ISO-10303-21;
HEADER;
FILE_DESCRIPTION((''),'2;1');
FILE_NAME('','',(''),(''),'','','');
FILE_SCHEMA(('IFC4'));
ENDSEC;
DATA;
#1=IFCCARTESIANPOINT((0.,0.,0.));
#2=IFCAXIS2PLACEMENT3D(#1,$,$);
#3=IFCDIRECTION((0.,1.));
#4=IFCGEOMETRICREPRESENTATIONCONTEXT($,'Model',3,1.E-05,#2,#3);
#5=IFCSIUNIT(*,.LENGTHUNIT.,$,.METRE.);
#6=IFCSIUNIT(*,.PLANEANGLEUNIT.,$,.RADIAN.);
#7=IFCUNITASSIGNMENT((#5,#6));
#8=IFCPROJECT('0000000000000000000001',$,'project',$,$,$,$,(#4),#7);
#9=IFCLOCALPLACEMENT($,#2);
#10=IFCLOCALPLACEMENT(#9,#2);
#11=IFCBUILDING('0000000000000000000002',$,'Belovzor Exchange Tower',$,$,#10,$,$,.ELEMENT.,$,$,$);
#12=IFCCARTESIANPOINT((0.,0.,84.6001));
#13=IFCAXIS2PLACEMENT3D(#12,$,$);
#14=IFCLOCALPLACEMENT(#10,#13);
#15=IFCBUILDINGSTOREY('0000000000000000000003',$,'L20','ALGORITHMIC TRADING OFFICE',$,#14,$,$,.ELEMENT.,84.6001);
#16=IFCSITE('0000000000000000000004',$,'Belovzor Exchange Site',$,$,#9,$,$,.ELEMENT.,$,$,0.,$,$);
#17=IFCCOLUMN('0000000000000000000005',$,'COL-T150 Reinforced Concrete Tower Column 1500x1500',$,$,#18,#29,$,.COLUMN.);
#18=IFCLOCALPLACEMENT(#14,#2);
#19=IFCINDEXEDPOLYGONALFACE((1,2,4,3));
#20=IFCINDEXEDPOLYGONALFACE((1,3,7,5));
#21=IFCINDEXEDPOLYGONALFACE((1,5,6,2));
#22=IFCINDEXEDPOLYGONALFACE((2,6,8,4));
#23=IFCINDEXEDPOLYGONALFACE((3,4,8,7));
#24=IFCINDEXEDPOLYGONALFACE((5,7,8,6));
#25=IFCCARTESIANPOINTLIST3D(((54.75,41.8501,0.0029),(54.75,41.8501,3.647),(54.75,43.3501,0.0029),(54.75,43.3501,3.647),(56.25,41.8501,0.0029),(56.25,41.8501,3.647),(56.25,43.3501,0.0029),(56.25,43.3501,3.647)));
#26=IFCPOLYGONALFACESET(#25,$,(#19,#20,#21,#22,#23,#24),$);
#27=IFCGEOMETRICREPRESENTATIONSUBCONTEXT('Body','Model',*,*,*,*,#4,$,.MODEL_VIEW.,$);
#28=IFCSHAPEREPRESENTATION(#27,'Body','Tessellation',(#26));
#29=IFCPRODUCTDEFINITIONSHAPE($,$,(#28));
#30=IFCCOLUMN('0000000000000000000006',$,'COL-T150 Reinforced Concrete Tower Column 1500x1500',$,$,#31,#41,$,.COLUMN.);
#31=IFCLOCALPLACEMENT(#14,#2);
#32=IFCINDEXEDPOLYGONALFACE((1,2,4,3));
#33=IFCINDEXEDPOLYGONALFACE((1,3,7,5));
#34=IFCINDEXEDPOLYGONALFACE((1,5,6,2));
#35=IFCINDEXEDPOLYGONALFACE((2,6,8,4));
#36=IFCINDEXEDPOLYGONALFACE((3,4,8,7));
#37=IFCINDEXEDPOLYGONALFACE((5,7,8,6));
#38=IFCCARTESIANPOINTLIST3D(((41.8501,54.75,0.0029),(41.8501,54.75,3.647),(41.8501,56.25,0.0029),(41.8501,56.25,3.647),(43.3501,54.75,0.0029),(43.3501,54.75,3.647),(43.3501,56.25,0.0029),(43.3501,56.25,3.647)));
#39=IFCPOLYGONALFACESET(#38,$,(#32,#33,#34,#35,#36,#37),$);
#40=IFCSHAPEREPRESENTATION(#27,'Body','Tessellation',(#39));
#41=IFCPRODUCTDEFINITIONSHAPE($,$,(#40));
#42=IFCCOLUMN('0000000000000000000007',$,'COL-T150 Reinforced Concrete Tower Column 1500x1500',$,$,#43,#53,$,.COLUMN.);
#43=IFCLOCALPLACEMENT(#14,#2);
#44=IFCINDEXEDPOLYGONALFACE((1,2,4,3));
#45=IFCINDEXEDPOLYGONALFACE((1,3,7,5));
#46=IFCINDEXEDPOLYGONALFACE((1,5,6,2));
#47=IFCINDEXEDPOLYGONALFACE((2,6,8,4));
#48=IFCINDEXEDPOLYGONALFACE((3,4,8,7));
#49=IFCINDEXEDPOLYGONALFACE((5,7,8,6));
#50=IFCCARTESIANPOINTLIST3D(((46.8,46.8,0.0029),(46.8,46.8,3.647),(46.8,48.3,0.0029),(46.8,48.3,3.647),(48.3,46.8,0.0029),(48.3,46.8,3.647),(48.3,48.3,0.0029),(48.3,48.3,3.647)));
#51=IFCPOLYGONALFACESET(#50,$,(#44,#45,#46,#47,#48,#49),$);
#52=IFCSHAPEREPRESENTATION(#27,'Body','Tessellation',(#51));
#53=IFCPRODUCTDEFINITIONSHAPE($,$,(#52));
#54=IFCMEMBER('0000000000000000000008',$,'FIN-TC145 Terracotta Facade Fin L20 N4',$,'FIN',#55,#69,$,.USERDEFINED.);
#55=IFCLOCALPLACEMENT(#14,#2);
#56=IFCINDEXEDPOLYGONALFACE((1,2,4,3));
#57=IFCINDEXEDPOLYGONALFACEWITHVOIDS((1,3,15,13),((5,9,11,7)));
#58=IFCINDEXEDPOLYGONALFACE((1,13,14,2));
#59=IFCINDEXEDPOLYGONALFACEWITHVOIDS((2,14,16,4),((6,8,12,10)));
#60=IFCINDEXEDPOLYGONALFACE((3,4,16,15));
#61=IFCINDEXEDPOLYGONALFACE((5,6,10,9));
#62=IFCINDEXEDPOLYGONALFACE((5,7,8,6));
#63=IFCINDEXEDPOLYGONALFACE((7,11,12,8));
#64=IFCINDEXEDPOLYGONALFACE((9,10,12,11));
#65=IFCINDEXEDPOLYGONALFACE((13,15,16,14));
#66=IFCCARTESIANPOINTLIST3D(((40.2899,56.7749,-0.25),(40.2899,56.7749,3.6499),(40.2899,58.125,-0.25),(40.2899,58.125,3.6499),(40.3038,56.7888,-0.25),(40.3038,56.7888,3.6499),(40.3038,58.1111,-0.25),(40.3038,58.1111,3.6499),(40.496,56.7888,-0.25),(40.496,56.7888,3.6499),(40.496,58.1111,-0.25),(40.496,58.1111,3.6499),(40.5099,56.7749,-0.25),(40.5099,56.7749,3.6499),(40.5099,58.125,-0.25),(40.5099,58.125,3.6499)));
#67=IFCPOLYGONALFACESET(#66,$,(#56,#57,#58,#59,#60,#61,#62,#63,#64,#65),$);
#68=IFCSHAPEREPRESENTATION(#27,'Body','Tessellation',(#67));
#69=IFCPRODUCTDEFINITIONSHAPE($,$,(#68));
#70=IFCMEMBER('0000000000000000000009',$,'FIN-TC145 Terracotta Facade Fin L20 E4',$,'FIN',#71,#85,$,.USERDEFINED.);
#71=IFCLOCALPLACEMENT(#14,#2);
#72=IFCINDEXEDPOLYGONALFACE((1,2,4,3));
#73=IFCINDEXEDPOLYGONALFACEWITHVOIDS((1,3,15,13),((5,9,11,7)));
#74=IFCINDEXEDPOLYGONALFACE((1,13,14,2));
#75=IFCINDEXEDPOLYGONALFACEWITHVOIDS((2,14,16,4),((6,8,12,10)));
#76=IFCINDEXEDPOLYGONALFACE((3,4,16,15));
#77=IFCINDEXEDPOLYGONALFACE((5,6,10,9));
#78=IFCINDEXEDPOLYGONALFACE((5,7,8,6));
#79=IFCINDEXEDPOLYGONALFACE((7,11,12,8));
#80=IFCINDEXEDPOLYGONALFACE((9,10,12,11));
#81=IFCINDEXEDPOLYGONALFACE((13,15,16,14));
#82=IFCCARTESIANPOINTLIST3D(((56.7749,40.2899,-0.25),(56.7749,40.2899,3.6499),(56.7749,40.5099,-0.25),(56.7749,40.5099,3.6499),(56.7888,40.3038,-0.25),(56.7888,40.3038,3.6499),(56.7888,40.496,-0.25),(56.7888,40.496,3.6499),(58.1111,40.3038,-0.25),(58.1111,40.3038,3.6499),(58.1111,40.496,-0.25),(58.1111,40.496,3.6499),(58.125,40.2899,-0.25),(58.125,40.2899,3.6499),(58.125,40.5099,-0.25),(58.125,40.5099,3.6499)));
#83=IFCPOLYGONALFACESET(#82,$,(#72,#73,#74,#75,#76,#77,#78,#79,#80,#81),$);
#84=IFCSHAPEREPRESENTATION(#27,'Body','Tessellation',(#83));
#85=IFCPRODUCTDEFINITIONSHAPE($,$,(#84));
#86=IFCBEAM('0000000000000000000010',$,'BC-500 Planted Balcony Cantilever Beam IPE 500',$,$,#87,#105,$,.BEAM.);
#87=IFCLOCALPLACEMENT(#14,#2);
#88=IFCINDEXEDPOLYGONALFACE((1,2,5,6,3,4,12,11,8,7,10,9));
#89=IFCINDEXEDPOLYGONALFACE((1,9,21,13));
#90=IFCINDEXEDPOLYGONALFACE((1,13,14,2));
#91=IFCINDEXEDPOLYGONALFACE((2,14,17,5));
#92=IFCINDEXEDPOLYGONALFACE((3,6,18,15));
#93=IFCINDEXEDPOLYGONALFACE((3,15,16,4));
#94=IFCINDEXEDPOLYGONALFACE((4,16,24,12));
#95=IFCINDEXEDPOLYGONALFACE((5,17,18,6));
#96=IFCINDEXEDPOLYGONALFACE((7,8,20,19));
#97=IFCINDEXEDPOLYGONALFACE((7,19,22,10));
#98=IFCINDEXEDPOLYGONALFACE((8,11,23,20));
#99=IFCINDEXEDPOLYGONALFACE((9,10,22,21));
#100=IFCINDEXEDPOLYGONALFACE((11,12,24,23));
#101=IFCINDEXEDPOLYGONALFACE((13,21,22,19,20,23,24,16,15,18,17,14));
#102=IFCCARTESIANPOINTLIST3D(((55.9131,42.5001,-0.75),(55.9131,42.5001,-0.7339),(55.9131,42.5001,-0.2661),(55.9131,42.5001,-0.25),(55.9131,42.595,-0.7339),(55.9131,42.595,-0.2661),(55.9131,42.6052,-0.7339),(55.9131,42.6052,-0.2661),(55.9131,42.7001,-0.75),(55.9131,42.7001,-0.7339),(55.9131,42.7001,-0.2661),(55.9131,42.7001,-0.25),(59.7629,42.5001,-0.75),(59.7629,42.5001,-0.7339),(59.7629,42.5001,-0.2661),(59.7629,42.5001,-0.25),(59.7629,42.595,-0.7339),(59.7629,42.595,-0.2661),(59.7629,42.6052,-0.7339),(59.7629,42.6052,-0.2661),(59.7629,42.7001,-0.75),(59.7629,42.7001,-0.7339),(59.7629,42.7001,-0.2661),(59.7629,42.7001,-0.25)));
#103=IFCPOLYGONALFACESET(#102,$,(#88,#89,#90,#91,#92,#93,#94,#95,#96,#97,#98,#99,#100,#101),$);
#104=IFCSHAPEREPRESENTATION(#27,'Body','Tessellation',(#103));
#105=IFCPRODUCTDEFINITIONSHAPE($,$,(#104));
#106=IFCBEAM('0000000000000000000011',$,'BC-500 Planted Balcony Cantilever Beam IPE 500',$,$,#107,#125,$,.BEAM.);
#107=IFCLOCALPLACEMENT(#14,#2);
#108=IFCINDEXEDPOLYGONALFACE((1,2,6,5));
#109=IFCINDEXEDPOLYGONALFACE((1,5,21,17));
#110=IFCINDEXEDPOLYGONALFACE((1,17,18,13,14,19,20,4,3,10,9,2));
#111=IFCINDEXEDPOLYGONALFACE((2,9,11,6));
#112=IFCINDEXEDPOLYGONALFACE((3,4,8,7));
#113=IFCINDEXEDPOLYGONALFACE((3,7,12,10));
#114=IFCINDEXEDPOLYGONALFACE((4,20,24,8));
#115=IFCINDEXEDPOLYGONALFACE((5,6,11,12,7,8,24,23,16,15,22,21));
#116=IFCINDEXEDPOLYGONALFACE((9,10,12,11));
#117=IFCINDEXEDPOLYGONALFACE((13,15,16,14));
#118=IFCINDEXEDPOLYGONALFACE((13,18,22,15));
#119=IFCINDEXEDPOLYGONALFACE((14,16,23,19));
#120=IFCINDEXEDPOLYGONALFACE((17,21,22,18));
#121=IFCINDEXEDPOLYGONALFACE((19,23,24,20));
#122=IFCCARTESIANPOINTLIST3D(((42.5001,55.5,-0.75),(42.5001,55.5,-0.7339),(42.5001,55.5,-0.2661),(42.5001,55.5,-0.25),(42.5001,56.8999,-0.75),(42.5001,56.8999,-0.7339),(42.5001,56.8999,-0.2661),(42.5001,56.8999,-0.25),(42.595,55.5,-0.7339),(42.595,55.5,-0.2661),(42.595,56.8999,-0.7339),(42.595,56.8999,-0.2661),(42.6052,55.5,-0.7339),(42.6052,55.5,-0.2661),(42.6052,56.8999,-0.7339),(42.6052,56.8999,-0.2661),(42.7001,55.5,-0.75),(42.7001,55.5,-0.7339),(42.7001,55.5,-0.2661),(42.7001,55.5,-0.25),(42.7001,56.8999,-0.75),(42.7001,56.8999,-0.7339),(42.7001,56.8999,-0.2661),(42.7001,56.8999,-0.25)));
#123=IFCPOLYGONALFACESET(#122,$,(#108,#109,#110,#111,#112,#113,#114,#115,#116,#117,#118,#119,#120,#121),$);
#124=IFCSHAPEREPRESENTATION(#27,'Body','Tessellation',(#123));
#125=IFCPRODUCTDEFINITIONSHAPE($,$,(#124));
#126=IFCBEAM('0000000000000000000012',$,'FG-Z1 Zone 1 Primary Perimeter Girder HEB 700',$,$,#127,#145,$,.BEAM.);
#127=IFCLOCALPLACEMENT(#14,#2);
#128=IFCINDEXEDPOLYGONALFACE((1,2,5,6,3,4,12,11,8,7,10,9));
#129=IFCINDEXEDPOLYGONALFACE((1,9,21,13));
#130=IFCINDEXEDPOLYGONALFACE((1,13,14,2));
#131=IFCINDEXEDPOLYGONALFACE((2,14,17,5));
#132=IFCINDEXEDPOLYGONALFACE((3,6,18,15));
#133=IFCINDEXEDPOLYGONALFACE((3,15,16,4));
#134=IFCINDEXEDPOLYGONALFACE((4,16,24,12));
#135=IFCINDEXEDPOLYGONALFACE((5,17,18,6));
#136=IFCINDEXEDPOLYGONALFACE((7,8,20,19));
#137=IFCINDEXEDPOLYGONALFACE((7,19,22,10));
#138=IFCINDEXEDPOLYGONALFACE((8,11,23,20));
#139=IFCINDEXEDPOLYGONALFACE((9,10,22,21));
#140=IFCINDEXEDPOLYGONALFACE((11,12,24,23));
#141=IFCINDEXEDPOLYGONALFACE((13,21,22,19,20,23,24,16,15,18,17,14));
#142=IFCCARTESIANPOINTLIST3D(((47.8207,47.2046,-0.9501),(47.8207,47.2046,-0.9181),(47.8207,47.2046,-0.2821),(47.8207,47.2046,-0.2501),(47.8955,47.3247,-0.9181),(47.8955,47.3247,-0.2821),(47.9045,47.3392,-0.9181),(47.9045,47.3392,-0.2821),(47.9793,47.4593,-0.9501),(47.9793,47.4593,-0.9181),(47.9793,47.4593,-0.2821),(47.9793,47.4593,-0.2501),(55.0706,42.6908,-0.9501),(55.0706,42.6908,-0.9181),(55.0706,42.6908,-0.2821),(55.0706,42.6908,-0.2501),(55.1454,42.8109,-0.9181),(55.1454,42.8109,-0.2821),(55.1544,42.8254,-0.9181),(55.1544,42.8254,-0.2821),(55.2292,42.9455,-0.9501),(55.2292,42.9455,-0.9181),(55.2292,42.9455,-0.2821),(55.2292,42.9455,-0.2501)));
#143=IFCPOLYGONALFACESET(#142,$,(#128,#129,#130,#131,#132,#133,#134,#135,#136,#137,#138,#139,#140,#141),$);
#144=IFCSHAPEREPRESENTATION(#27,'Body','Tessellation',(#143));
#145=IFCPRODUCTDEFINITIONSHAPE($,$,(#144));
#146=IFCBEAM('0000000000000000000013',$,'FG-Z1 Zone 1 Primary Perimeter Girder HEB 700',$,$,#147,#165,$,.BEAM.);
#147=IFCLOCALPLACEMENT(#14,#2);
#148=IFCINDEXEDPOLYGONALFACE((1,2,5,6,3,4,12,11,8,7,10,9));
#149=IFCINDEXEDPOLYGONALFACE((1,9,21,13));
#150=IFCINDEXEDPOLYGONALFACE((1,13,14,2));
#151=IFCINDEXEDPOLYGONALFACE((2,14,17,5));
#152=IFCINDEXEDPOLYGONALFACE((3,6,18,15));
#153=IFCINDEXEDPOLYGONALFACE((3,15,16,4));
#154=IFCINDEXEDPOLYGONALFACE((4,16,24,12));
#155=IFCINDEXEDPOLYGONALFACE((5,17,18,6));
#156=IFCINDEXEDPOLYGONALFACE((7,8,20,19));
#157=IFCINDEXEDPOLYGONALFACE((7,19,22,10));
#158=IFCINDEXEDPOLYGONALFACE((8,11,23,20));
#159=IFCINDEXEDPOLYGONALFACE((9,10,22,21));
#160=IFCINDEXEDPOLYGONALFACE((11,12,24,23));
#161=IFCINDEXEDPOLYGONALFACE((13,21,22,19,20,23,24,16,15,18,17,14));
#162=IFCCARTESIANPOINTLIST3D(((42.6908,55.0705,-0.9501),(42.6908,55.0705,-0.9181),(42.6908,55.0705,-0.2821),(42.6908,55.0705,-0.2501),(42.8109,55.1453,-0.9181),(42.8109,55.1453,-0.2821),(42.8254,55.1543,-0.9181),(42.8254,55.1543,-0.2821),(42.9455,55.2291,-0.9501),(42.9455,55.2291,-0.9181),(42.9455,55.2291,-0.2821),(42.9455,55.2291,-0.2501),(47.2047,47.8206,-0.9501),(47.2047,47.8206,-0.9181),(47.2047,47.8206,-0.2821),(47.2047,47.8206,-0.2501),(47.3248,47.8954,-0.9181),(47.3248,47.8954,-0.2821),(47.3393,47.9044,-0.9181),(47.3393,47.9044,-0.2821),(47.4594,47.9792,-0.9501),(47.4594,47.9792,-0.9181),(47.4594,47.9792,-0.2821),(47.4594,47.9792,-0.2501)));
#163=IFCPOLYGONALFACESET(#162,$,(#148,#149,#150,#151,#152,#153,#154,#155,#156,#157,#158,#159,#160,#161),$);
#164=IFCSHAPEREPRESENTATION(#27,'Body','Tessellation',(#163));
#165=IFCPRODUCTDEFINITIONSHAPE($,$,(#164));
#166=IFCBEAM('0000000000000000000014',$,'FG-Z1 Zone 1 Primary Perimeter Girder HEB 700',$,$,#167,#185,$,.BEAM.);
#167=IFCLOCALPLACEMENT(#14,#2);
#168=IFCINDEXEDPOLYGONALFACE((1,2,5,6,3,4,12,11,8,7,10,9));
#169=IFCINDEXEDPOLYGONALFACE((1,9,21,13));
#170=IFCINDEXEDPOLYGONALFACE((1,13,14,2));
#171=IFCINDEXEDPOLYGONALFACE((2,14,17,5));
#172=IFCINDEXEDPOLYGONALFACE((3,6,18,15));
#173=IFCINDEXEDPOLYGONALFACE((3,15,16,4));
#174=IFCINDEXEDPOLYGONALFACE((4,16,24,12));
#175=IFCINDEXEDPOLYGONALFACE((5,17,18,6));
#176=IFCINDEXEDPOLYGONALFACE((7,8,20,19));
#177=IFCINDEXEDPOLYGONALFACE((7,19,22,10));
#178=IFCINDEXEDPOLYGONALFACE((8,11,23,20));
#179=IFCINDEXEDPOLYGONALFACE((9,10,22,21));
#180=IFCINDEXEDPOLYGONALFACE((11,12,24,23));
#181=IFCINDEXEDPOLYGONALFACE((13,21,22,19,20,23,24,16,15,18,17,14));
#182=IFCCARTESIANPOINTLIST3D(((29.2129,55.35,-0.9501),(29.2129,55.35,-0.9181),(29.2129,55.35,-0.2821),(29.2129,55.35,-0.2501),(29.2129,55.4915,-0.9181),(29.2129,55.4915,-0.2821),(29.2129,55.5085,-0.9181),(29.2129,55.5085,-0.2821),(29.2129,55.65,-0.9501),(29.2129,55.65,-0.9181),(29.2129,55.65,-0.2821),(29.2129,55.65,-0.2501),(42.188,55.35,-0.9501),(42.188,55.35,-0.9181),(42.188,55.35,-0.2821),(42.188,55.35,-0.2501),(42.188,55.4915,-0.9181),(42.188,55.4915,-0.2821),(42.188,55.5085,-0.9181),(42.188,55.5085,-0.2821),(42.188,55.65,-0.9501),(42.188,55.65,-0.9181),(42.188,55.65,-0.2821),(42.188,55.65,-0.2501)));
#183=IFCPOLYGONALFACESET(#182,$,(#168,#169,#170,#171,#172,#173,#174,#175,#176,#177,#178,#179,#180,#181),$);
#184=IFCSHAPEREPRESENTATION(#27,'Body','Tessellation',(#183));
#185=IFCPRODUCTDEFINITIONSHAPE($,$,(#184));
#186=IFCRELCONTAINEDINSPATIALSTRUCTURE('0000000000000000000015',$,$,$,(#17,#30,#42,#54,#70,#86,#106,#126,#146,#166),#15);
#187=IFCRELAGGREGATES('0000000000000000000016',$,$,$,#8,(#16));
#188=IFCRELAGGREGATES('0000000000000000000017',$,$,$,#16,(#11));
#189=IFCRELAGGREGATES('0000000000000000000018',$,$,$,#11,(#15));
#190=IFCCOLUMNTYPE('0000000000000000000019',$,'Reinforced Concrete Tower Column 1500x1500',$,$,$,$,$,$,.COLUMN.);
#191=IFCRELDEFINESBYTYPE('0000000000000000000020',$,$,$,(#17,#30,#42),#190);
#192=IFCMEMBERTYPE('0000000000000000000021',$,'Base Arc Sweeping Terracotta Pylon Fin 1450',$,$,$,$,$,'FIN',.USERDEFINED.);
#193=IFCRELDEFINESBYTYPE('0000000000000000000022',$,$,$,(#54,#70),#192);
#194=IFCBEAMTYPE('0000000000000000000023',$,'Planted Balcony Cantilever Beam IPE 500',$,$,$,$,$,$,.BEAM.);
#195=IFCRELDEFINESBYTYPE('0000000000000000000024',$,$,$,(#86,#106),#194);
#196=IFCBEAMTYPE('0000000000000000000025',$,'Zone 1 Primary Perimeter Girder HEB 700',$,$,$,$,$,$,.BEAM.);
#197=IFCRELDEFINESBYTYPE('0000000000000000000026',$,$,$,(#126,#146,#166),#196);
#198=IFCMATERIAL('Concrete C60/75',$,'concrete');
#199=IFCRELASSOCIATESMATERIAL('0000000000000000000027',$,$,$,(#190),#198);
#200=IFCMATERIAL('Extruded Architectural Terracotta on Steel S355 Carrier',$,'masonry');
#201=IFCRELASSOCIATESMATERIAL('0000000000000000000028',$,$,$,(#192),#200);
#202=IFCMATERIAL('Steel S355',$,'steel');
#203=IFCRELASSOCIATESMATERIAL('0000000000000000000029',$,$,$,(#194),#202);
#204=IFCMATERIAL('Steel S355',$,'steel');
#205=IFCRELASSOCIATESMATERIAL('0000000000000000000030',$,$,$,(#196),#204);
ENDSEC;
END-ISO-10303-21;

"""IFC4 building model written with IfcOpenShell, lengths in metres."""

from ifc_helpers import new_model, si_unit, direction, frame, origin, origin_2d, place, context, subcontext, project, spatial, rectangle, hollow_rectangle, i_section, extrude, material, material_profile, profile_set, type_object, element, save


model = new_model("IFC4")

# Units and contexts
model_context = context("Model", 3, precision=1e-05, world=origin(), true_north=direction((0.0, 1.0)))
body_context = subcontext(model_context, "Body", "Model", "MODEL_VIEW")
ifc_project = project(units=[si_unit("LENGTHUNIT", "METRE"), si_unit("PLANEANGLEUNIT", "RADIAN")], contexts=[model_context])

# Site, building, storey
site_placement = place(None, origin())
site = spatial("IfcSite", under=ifc_project, at=site_placement, Name="Belovzor Exchange Site", CompositionType="ELEMENT", RefElevation=0.0)
building_placement = place(site_placement, origin())
building = spatial("IfcBuilding", under=site, at=building_placement, Name="Belovzor Exchange Tower", CompositionType="ELEMENT")
storey_placement = place(building_placement, frame((0.0, 0.0, 84.6001)))
storey = spatial("IfcBuildingStorey", under=building, at=storey_placement, Name="L20", Description="ALGORITHMIC TRADING OFFICE", CompositionType="ELEMENT", Elevation=84.6001)

# Columns
ifc_material_1 = material(Name="Concrete C60/75", Category="concrete")
ifc_material_profile_1 = material_profile(ifc_material_1, rectangle(XDim=1.5, YDim=1.5, at=origin_2d()))
ifc_profile_set_1 = profile_set([ifc_material_profile_1], Name="Concrete C60/75")
column_type = type_object("IfcColumnType", Name="Reinforced Concrete Tower Column 1500x1500", PredefinedType="COLUMN", material=ifc_profile_set_1)
for number, where, z_axis, x_axis, name in (
    (1, (55.5, 42.6001, 0.0029), (0.0, 0.0, 1.0), (1.0, 0.0, 0.0), "COL-T150 Reinforced Concrete Tower Column 1500x1500"),
    (2, (42.6001, 55.5, 0.0029), (0.0, 0.0, 1.0), (1.0, 0.0, 0.0), "COL-T150 Reinforced Concrete Tower Column 1500x1500"),
    (3, (47.55, 47.55, 0.0029), (0.0, 0.0, 1.0), (1.0, 0.0, 0.0), "COL-T150 Reinforced Concrete Tower Column 1500x1500"),
):
    element("IfcColumn", number, at=place(storey_placement, frame(where, z_axis=z_axis, x_axis=x_axis)), inside=storey, type_object=column_type, Name=name, PredefinedType="COLUMN", context=body_context, shape_type="SweptSolid", body=[
        extrude(rectangle(XDim=1.5, YDim=1.5, at=origin_2d()), origin(), (0.0, 0.0, 1.0), 3.644),
    ])

# Members
ifc_material_2 = material(Name="Extruded Architectural Terracotta on Steel S355 Carrier", Category="masonry")
ifc_material_profile_2 = material_profile(ifc_material_2, hollow_rectangle(XDim=0.22, YDim=1.3501, WallThickness=0.0139, at=origin_2d()))
ifc_profile_set_2 = profile_set([ifc_material_profile_2], Name="Extruded Architectural Terracotta on Steel S355 Carrier")
member_type = type_object("IfcMemberType", Name="Base Arc Sweeping Terracotta Pylon Fin 1450", ElementType="FIN", PredefinedType="USERDEFINED", material=ifc_profile_set_2)
for number, where, z_axis, x_axis, name in (
    (4, (40.3999, 57.45, -0.25), (0.0, 0.0, 1.0), (1.0, 0.0, 0.0), "FIN-TC145 Terracotta Facade Fin L20 N4"),
    (5, (57.45, 40.3999, -0.25), (0.0, 0.0, 1.0), (0.0, 1.0, 0.0), "FIN-TC145 Terracotta Facade Fin L20 E4"),
):
    element("IfcMember", number, at=place(storey_placement, frame(where, z_axis=z_axis, x_axis=x_axis)), inside=storey, type_object=member_type, Name=name, ObjectType="FIN", PredefinedType="USERDEFINED", context=body_context, shape_type="SweptSolid", body=[
        extrude(hollow_rectangle(XDim=0.22, YDim=1.3501, WallThickness=0.0139, at=origin_2d()), origin(), (0.0, 0.0, 1.0), 3.8999),
    ])

# Beams
ifc_material_3 = material(Name="Steel S355", Category="steel")
ifc_material_profile_3 = material_profile(ifc_material_3, i_section(OverallWidth=0.2, OverallDepth=0.5, WebThickness=0.0103, FlangeThickness=0.0161, at=origin_2d()))
ifc_profile_set_3 = profile_set([ifc_material_profile_3], Name="Steel S355")
beam_type_1 = type_object("IfcBeamType", Name="Planted Balcony Cantilever Beam IPE 500", PredefinedType="BEAM", material=ifc_profile_set_3)
beam_1_placement = place(storey_placement, frame((55.9131, 42.6001, -0.5), z_axis=(1.0, 0.0, 0.0), x_axis=(0.0, 1.0, 0.0)))
element("IfcBeam", 6, at=beam_1_placement, inside=storey, type_object=beam_type_1, Name="BC-500 Planted Balcony Cantilever Beam IPE 500", PredefinedType="BEAM", context=body_context, shape_type="SweptSolid", body=[
    extrude(i_section(OverallWidth=0.2, OverallDepth=0.5, WebThickness=0.0103, FlangeThickness=0.0161, at=origin_2d()), origin(), (0.0, 0.0, 1.0), 3.8499),
])
beam_2_placement = place(storey_placement, frame((42.6001, 55.5, -0.5), z_axis=(0.0, 1.0, 0.0), x_axis=(-1.0, 0.0, 0.0)))
element("IfcBeam", 7, at=beam_2_placement, inside=storey, type_object=beam_type_1, Name="BC-500 Planted Balcony Cantilever Beam IPE 500", PredefinedType="BEAM", context=body_context, shape_type="SweptSolid", body=[
    extrude(i_section(OverallWidth=0.2, OverallDepth=0.5, WebThickness=0.0103, FlangeThickness=0.0161, at=origin_2d()), origin(), (0.0, 0.0, 1.0), 1.3999),
])
ifc_material_4 = material(Name="Steel S355", Category="steel")
ifc_material_profile_4 = material_profile(ifc_material_4, i_section(OverallWidth=0.3, OverallDepth=0.7, WebThickness=0.0171, FlangeThickness=0.032, at=origin_2d()))
ifc_profile_set_4 = profile_set([ifc_material_profile_4], Name="Steel S355")
beam_type_2 = type_object("IfcBeamType", Name="Zone 1 Primary Perimeter Girder HEB 700", PredefinedType="BEAM", material=ifc_profile_set_4)
for number, where, z_axis, x_axis, name in (
    (8, (55.1499, 42.8181, -0.6001), (-0.848909, 0.528539, 0.0), (-0.528539, -0.848909, 0.0), "FG-Z1 Zone 1 Primary Perimeter Girder HEB 700"),
    (9, (47.332, 47.8999, -0.6001), (-0.528539, 0.848909, 0.0), (-0.848909, -0.528539, 0.0), "FG-Z1 Zone 1 Primary Perimeter Girder HEB 700"),
):
    element("IfcBeam", number, at=place(storey_placement, frame(where, z_axis=z_axis, x_axis=x_axis)), inside=storey, type_object=beam_type_2, Name=name, PredefinedType="BEAM", context=body_context, shape_type="SweptSolid", body=[
        extrude(i_section(OverallWidth=0.3, OverallDepth=0.7, WebThickness=0.0171, FlangeThickness=0.032, at=origin_2d()), origin(), (0.0, 0.0, 1.0), 8.5403),
    ])
beam_3_placement = place(storey_placement, frame((42.188, 55.5, -0.6001), z_axis=(-1.0, 0.0, 0.0), x_axis=(0.0, -1.0, 0.0)))
element("IfcBeam", 10, at=beam_3_placement, inside=storey, type_object=beam_type_2, Name="FG-Z1 Zone 1 Primary Perimeter Girder HEB 700", PredefinedType="BEAM", context=body_context, shape_type="SweptSolid", body=[
    extrude(i_section(OverallWidth=0.3, OverallDepth=0.7, WebThickness=0.0171, FlangeThickness=0.032, at=origin_2d()), origin(), (0.0, 0.0, 1.0), 12.9751),
])

save(model, "model.ifc")
